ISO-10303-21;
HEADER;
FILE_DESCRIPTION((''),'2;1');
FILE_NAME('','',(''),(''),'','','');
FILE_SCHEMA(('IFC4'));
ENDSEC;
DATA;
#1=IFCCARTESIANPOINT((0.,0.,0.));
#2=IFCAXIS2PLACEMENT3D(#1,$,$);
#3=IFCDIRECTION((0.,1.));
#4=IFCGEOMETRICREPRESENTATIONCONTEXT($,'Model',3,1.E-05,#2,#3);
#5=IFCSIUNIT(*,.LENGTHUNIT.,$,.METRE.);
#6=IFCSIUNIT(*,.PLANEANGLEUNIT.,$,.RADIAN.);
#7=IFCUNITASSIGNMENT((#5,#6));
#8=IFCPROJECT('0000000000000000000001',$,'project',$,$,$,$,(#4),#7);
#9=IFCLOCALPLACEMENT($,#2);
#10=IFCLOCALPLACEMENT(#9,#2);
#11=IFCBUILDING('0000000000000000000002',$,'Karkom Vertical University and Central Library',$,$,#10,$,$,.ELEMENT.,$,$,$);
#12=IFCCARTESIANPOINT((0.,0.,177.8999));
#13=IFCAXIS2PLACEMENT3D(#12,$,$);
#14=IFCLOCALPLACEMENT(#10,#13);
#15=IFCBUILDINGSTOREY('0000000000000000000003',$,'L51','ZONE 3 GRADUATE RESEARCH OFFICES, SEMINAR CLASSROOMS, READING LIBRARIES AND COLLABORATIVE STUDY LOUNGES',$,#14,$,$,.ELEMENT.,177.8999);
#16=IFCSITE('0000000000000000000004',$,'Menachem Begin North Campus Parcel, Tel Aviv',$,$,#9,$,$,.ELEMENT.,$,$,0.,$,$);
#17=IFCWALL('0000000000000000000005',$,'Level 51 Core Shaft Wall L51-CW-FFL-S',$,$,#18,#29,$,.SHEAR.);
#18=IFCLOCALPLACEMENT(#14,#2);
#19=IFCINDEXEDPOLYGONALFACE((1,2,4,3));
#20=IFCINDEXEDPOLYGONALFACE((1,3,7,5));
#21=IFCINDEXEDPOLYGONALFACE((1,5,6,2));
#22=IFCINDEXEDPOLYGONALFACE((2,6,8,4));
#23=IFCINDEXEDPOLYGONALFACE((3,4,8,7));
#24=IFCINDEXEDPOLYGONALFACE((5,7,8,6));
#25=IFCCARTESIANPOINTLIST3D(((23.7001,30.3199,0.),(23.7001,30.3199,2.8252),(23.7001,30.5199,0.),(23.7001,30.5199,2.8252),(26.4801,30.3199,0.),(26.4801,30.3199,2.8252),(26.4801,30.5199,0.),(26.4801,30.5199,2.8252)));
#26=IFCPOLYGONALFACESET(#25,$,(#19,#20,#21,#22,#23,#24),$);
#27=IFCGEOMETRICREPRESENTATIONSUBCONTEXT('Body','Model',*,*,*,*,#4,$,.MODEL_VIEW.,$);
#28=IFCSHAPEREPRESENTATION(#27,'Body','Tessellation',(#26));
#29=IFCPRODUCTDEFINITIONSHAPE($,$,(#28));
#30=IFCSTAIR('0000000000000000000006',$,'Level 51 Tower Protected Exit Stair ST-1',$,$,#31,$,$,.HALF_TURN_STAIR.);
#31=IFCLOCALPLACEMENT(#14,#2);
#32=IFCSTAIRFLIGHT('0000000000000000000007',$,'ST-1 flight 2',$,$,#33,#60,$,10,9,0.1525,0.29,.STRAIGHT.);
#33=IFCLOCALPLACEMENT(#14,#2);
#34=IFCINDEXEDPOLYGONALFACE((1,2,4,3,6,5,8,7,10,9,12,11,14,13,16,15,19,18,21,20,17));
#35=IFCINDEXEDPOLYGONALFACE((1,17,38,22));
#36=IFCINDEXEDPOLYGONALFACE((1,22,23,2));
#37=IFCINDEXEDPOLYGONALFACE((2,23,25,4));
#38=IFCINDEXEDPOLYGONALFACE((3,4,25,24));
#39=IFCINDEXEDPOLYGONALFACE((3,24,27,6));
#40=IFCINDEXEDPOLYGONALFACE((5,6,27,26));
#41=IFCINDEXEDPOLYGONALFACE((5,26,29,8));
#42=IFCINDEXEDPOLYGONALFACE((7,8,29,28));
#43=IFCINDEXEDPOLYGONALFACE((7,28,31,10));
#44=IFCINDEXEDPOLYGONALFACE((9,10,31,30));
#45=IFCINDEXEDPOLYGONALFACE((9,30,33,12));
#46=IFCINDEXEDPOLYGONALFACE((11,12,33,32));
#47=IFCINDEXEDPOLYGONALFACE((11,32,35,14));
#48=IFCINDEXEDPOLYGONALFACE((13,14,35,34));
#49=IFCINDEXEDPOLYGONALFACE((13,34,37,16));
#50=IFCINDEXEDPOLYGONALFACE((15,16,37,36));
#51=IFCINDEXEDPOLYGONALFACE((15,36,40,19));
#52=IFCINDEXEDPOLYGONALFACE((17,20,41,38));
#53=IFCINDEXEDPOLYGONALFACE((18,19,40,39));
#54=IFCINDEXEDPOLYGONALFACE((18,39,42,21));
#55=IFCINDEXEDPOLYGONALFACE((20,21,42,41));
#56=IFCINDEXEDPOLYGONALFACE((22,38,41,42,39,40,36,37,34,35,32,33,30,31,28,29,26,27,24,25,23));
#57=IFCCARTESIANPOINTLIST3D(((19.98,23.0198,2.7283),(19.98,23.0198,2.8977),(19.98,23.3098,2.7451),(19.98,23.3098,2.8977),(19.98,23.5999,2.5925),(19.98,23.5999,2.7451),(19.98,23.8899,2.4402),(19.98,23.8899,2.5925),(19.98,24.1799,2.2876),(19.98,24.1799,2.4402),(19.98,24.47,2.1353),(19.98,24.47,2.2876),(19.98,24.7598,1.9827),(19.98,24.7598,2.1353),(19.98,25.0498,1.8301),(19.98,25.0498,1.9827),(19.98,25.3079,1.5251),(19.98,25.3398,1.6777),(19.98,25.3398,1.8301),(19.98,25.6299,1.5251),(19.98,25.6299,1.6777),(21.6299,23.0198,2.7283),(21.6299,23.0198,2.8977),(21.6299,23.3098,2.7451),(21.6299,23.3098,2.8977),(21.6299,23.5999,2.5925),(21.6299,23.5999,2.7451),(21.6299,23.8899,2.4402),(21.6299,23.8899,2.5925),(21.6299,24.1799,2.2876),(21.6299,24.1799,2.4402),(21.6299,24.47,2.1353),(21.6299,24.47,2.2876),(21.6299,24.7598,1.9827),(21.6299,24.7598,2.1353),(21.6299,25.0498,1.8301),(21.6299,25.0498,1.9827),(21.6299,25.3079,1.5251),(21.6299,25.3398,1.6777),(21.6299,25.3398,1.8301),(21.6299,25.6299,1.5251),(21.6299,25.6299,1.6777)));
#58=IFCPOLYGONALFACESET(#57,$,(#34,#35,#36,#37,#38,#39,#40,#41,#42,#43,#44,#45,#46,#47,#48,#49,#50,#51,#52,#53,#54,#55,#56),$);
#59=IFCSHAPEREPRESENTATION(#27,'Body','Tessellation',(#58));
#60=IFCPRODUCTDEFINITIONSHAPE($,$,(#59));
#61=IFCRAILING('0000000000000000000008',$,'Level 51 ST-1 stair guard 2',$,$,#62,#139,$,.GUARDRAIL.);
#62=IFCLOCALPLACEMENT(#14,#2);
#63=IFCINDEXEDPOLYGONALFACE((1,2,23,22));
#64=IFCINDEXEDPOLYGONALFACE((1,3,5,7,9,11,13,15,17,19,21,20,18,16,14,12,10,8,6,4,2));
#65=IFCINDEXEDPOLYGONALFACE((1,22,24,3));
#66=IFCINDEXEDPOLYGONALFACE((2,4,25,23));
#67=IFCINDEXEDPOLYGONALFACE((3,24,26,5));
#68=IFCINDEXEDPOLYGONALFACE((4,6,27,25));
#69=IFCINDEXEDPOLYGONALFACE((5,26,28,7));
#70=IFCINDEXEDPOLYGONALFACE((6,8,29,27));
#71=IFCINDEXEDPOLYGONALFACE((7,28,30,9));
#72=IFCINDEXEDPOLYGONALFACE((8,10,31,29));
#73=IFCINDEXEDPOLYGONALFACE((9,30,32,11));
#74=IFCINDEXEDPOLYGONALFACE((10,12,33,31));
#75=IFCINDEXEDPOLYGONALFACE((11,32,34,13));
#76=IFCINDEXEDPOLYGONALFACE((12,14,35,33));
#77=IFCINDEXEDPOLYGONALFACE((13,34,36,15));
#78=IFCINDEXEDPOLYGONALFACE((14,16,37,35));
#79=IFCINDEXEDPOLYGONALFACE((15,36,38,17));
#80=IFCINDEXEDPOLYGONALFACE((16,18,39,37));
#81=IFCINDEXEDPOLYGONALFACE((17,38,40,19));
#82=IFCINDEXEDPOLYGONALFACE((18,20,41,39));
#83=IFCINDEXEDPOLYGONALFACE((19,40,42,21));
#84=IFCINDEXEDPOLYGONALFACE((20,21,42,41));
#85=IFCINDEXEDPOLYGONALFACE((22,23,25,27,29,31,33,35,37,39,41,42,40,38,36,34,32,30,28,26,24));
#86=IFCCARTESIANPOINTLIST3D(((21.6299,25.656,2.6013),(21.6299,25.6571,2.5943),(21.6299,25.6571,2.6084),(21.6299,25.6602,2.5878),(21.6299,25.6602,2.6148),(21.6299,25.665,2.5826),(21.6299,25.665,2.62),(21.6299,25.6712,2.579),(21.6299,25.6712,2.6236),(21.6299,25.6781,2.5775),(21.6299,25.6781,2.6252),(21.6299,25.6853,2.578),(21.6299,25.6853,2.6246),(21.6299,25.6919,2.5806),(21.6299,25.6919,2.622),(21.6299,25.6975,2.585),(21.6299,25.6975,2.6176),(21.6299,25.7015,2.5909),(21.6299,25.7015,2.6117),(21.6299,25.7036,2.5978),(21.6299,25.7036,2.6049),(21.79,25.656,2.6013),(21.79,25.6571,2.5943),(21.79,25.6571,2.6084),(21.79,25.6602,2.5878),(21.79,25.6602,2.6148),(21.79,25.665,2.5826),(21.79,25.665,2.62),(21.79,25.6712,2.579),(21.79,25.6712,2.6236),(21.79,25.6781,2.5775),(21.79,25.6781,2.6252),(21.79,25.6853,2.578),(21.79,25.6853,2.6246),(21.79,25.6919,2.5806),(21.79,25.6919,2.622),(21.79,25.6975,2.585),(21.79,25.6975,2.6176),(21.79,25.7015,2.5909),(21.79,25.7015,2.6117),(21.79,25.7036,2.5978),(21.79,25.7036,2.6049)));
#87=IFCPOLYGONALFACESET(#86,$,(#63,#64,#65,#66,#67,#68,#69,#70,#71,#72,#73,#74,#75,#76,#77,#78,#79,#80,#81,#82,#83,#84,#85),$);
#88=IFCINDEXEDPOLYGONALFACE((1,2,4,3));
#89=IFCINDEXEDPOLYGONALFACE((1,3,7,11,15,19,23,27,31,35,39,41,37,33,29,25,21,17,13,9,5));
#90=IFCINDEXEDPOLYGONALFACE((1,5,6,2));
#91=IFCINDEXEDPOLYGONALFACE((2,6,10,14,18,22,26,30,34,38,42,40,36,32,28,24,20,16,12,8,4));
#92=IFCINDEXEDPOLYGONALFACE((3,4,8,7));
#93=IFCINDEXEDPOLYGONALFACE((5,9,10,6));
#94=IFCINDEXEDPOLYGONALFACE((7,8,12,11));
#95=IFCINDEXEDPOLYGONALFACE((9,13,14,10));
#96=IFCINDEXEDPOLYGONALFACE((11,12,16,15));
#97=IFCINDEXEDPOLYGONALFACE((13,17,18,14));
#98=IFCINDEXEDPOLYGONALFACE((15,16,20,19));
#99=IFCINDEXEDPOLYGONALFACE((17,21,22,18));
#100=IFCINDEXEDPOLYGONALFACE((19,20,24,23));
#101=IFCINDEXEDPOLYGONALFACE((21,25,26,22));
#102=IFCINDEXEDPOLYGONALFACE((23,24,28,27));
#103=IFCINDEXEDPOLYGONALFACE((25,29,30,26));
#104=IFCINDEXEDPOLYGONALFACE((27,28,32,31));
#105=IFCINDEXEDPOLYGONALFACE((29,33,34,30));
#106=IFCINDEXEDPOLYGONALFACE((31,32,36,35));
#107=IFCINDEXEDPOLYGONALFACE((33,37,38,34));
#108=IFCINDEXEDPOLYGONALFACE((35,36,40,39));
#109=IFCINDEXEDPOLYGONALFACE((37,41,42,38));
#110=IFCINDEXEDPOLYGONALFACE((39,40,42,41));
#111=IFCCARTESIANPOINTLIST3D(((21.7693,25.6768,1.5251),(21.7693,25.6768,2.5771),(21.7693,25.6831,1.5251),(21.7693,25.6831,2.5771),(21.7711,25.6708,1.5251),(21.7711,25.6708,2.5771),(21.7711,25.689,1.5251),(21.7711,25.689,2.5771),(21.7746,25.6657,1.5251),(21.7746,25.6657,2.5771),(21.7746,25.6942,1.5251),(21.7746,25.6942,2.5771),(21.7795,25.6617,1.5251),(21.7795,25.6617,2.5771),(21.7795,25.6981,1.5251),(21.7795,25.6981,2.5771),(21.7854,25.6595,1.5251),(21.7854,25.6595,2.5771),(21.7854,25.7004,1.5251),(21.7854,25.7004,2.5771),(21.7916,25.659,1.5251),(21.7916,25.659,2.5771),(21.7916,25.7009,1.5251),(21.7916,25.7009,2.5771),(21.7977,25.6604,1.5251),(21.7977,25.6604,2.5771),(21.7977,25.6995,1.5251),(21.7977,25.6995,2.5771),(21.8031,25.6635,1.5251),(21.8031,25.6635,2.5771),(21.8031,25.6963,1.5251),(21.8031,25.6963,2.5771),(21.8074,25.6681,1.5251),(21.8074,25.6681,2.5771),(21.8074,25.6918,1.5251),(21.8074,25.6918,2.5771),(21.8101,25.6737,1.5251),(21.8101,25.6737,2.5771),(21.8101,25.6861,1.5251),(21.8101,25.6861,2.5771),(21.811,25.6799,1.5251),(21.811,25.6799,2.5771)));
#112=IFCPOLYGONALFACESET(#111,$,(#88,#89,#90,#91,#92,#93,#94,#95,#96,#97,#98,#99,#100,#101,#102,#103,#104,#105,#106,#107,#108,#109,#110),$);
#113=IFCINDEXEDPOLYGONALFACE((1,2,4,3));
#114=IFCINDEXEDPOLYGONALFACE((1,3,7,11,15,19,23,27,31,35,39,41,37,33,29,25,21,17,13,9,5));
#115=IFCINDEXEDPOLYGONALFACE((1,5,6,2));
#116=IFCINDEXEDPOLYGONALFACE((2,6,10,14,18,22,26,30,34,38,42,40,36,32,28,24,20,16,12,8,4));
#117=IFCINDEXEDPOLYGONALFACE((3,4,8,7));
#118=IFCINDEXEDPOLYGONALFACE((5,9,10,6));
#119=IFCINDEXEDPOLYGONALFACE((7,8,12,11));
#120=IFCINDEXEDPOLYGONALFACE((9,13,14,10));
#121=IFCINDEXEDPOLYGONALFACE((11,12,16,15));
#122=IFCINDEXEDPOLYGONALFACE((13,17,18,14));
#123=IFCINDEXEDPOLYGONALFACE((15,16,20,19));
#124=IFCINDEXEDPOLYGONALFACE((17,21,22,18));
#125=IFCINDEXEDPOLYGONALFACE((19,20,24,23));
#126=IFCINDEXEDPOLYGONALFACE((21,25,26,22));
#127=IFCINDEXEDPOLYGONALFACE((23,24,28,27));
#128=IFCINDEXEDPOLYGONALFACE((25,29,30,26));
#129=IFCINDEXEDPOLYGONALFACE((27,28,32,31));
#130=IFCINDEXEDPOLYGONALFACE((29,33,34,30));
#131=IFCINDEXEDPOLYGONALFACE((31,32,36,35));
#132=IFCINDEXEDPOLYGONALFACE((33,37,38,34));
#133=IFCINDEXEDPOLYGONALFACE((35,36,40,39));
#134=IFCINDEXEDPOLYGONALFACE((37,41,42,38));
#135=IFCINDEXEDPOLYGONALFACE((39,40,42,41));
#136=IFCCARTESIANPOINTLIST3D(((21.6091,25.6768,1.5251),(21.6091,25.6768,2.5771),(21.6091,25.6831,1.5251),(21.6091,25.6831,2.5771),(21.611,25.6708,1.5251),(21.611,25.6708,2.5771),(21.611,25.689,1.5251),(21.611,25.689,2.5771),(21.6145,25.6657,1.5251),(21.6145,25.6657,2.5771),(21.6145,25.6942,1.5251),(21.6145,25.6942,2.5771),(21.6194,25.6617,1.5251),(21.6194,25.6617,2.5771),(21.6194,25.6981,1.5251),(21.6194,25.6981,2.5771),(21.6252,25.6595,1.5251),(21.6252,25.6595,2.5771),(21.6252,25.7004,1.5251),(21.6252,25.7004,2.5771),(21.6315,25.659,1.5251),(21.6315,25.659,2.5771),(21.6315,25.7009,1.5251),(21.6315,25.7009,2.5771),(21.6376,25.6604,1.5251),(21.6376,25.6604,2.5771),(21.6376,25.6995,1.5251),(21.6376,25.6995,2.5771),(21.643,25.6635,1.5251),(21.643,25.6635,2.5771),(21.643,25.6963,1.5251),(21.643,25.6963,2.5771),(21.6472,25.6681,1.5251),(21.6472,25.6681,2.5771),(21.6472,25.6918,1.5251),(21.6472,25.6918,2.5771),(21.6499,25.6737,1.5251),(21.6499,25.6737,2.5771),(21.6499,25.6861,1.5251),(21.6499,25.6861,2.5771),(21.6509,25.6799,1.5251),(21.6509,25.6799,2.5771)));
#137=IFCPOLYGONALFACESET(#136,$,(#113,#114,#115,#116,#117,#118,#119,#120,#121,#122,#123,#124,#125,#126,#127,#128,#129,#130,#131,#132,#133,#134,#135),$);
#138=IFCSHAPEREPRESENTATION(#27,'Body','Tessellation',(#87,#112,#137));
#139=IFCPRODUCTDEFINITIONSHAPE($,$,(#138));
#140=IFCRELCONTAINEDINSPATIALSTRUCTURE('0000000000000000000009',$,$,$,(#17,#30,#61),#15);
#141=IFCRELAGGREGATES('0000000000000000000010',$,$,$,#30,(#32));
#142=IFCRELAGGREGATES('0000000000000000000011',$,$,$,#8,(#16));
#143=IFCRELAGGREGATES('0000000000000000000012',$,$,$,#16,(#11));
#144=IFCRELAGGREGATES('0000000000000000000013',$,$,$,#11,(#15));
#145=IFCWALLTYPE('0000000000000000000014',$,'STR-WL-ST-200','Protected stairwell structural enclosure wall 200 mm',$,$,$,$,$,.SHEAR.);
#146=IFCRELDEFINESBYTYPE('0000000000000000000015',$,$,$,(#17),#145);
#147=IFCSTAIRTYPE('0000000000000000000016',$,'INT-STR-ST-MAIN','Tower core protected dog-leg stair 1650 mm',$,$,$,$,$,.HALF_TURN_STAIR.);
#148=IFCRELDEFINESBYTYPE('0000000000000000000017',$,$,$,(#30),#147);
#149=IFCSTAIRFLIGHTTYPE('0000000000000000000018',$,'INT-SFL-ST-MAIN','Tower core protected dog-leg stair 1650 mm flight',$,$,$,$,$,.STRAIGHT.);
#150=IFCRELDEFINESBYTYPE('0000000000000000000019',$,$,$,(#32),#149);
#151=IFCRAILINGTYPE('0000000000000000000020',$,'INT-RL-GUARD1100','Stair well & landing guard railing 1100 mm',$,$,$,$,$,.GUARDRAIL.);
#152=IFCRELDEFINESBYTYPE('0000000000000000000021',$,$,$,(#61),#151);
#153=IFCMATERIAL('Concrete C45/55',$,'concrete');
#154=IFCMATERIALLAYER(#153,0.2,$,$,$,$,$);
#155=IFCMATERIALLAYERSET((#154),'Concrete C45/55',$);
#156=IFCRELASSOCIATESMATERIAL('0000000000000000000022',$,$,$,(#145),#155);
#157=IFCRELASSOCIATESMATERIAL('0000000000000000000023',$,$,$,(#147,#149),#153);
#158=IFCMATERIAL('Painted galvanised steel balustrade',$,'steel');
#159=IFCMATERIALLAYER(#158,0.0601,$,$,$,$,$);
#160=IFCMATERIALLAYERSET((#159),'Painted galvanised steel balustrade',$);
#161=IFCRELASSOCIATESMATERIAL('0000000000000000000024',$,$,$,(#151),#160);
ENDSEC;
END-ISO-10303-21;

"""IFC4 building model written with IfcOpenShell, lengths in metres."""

from ifc_helpers import new_model, si_unit, direction, frame, frame_2d, origin, origin_2d, place, context, subcontext, project, spatial, polyline, rectangle, circle, outline, extrude, material, layer, layer_set, type_object, element, aggregate, save


model = new_model("IFC4")

# Units and contexts
model_context = context("Model", 3, precision=1e-05, world=origin(), true_north=direction((0.0, 1.0)))
body_context = subcontext(model_context, "Body", "Model", "MODEL_VIEW")
ifc_project = project(units=[si_unit("LENGTHUNIT", "METRE"), si_unit("PLANEANGLEUNIT", "RADIAN")], contexts=[model_context])

# Site, building, storey
site_placement = place(None, origin())
site = spatial("IfcSite", under=ifc_project, at=site_placement, Name="Menachem Begin North Campus Parcel, Tel Aviv", CompositionType="ELEMENT", RefElevation=0.0)
building_placement = place(site_placement, origin())
building = spatial("IfcBuilding", under=site, at=building_placement, Name="Karkom Vertical University and Central Library", CompositionType="ELEMENT")
storey_placement = place(building_placement, frame((0.0, 0.0, 177.8999)))
storey = spatial("IfcBuildingStorey", under=building, at=storey_placement, Name="L51", Description="ZONE 3 GRADUATE RESEARCH OFFICES, SEMINAR CLASSROOMS, READING LIBRARIES AND COLLABORATIVE STUDY LOUNGES", CompositionType="ELEMENT", Elevation=177.8999)

# Shared definitions
ifc_material_1 = material(Name="Concrete C45/55", Category="concrete")
ifc_layer_1 = layer(ifc_material_1, 0.2)
ifc_layer_set_1 = layer_set([ifc_layer_1], Name="Concrete C45/55")
wall_type_1 = type_object("IfcWallType", Name="STR-WL-ST-200", Description="Protected stairwell structural enclosure wall 200 mm", PredefinedType="SHEAR", material=ifc_layer_set_1)

# Wall
wall_1_placement = place(storey_placement, frame((23.7, 30.4199, 0.0), z_axis=(0.0, 0.0, 1.0), x_axis=(1.0, 0.0, 0.0)))
element("IfcWall", 1, at=wall_1_placement, inside=storey, type_object=wall_type_1, Name="Level 51 Core Shaft Wall L51-CW-FFL-S", PredefinedType="SHEAR", context=body_context, shape_type="SweptSolid", body=[
    extrude(rectangle(XDim=2.78, YDim=0.2, at=frame_2d((1.3901, 0.0))), origin(), (0.0, 0.0, 1.0), 2.8252),
])

# Stair, stair flight
stair_type = type_object("IfcStairType", Name="INT-STR-ST-MAIN", Description="Tower core protected dog-leg stair 1650 mm", PredefinedType="HALF_TURN_STAIR", material=ifc_material_1)
stair_placement = place(storey_placement, origin())
stair = element("IfcStair", 2, at=stair_placement, inside=storey, type_object=stair_type, Name="Level 51 Tower Protected Exit Stair ST-1", PredefinedType="HALF_TURN_STAIR")
stair_flight_type = type_object("IfcStairFlightType", Name="INT-SFL-ST-MAIN", Description="Tower core protected dog-leg stair 1650 mm flight", PredefinedType="STRAIGHT", material=ifc_material_1)
stair_flight_placement = place(storey_placement, frame((20.8049, 25.6299, 1.5251), z_axis=(0.0, 0.0, 1.0), x_axis=(0.0, -1.0, 0.0)))
stair_flight = element("IfcStairFlight", 3, at=stair_flight_placement, type_object=stair_flight_type, Name="ST-1 flight 2", NumberOfRisers=10, NumberOfTreads=9, PredefinedType="STRAIGHT", RiserHeight=0.1525, TreadLength=0.29, context=body_context, shape_type="SweptSolid", body=[
    extrude(outline(polyline([(0.0, 0.0), (0.0, 0.1526), (0.29, 0.1526), (0.29, 0.3049), (0.5801, 0.3049), (0.5801, 0.4575), (0.8701, 0.4575), (0.8701, 0.6101), (1.1599, 0.6101), (1.1599, 0.7625), (1.45, 0.7625), (1.45, 0.915), (1.74, 0.915), (1.74, 1.0674), (2.03, 1.0674), (2.03, 1.22), (2.3201, 1.22), (2.3201, 1.3726), (2.6101, 1.3726), (2.6101, 1.5249), (2.6101, 1.2031), (0.322, 0.0), (0.0, 0.0)])), frame((0.0, 0.825, 0.0), z_axis=(0.0, -1.0, 0.0), x_axis=(1.0, 0.0, 0.0)), (0.0, 0.0, 1.0), 1.6499),
])
aggregate(stair, [stair_flight])

# Railing
ifc_material_2 = material(Name="Painted galvanised steel balustrade", Category="steel")
ifc_layer_2 = layer(ifc_material_2, 0.0601)
ifc_layer_set_2 = layer_set([ifc_layer_2], Name="Painted galvanised steel balustrade")
railing_type_1 = type_object("IfcRailingType", Name="INT-RL-GUARD1100", Description="Stair well & landing guard railing 1100 mm", PredefinedType="GUARDRAIL", material=ifc_layer_set_2)
railing_1_placement = place(storey_placement, frame((21.79, 25.6799, 1.5251)))
element("IfcRailing", 4, at=railing_1_placement, inside=storey, type_object=railing_type_1, Name="Level 51 ST-1 stair guard 2", PredefinedType="GUARDRAIL", context=body_context, shape_type="SweptSolid", body=[
    extrude(circle(Radius=0.0239, at=origin_2d()), frame((0.0, 0.0, 1.0762), z_axis=(-1.0, 0.0, 0.0), x_axis=(0.0, -1.0, 0.0)), (0.0, 0.0, 1.0), 0.1602),
    extrude(circle(Radius=0.021, at=origin_2d()), origin(), (0.0, 0.0, 1.0), 1.052),
    extrude(circle(Radius=0.021, at=origin_2d()), frame((-0.1602, 0.0, 0.0)), (0.0, 0.0, 1.0), 1.052),
])

save(model, "model.ifc")
